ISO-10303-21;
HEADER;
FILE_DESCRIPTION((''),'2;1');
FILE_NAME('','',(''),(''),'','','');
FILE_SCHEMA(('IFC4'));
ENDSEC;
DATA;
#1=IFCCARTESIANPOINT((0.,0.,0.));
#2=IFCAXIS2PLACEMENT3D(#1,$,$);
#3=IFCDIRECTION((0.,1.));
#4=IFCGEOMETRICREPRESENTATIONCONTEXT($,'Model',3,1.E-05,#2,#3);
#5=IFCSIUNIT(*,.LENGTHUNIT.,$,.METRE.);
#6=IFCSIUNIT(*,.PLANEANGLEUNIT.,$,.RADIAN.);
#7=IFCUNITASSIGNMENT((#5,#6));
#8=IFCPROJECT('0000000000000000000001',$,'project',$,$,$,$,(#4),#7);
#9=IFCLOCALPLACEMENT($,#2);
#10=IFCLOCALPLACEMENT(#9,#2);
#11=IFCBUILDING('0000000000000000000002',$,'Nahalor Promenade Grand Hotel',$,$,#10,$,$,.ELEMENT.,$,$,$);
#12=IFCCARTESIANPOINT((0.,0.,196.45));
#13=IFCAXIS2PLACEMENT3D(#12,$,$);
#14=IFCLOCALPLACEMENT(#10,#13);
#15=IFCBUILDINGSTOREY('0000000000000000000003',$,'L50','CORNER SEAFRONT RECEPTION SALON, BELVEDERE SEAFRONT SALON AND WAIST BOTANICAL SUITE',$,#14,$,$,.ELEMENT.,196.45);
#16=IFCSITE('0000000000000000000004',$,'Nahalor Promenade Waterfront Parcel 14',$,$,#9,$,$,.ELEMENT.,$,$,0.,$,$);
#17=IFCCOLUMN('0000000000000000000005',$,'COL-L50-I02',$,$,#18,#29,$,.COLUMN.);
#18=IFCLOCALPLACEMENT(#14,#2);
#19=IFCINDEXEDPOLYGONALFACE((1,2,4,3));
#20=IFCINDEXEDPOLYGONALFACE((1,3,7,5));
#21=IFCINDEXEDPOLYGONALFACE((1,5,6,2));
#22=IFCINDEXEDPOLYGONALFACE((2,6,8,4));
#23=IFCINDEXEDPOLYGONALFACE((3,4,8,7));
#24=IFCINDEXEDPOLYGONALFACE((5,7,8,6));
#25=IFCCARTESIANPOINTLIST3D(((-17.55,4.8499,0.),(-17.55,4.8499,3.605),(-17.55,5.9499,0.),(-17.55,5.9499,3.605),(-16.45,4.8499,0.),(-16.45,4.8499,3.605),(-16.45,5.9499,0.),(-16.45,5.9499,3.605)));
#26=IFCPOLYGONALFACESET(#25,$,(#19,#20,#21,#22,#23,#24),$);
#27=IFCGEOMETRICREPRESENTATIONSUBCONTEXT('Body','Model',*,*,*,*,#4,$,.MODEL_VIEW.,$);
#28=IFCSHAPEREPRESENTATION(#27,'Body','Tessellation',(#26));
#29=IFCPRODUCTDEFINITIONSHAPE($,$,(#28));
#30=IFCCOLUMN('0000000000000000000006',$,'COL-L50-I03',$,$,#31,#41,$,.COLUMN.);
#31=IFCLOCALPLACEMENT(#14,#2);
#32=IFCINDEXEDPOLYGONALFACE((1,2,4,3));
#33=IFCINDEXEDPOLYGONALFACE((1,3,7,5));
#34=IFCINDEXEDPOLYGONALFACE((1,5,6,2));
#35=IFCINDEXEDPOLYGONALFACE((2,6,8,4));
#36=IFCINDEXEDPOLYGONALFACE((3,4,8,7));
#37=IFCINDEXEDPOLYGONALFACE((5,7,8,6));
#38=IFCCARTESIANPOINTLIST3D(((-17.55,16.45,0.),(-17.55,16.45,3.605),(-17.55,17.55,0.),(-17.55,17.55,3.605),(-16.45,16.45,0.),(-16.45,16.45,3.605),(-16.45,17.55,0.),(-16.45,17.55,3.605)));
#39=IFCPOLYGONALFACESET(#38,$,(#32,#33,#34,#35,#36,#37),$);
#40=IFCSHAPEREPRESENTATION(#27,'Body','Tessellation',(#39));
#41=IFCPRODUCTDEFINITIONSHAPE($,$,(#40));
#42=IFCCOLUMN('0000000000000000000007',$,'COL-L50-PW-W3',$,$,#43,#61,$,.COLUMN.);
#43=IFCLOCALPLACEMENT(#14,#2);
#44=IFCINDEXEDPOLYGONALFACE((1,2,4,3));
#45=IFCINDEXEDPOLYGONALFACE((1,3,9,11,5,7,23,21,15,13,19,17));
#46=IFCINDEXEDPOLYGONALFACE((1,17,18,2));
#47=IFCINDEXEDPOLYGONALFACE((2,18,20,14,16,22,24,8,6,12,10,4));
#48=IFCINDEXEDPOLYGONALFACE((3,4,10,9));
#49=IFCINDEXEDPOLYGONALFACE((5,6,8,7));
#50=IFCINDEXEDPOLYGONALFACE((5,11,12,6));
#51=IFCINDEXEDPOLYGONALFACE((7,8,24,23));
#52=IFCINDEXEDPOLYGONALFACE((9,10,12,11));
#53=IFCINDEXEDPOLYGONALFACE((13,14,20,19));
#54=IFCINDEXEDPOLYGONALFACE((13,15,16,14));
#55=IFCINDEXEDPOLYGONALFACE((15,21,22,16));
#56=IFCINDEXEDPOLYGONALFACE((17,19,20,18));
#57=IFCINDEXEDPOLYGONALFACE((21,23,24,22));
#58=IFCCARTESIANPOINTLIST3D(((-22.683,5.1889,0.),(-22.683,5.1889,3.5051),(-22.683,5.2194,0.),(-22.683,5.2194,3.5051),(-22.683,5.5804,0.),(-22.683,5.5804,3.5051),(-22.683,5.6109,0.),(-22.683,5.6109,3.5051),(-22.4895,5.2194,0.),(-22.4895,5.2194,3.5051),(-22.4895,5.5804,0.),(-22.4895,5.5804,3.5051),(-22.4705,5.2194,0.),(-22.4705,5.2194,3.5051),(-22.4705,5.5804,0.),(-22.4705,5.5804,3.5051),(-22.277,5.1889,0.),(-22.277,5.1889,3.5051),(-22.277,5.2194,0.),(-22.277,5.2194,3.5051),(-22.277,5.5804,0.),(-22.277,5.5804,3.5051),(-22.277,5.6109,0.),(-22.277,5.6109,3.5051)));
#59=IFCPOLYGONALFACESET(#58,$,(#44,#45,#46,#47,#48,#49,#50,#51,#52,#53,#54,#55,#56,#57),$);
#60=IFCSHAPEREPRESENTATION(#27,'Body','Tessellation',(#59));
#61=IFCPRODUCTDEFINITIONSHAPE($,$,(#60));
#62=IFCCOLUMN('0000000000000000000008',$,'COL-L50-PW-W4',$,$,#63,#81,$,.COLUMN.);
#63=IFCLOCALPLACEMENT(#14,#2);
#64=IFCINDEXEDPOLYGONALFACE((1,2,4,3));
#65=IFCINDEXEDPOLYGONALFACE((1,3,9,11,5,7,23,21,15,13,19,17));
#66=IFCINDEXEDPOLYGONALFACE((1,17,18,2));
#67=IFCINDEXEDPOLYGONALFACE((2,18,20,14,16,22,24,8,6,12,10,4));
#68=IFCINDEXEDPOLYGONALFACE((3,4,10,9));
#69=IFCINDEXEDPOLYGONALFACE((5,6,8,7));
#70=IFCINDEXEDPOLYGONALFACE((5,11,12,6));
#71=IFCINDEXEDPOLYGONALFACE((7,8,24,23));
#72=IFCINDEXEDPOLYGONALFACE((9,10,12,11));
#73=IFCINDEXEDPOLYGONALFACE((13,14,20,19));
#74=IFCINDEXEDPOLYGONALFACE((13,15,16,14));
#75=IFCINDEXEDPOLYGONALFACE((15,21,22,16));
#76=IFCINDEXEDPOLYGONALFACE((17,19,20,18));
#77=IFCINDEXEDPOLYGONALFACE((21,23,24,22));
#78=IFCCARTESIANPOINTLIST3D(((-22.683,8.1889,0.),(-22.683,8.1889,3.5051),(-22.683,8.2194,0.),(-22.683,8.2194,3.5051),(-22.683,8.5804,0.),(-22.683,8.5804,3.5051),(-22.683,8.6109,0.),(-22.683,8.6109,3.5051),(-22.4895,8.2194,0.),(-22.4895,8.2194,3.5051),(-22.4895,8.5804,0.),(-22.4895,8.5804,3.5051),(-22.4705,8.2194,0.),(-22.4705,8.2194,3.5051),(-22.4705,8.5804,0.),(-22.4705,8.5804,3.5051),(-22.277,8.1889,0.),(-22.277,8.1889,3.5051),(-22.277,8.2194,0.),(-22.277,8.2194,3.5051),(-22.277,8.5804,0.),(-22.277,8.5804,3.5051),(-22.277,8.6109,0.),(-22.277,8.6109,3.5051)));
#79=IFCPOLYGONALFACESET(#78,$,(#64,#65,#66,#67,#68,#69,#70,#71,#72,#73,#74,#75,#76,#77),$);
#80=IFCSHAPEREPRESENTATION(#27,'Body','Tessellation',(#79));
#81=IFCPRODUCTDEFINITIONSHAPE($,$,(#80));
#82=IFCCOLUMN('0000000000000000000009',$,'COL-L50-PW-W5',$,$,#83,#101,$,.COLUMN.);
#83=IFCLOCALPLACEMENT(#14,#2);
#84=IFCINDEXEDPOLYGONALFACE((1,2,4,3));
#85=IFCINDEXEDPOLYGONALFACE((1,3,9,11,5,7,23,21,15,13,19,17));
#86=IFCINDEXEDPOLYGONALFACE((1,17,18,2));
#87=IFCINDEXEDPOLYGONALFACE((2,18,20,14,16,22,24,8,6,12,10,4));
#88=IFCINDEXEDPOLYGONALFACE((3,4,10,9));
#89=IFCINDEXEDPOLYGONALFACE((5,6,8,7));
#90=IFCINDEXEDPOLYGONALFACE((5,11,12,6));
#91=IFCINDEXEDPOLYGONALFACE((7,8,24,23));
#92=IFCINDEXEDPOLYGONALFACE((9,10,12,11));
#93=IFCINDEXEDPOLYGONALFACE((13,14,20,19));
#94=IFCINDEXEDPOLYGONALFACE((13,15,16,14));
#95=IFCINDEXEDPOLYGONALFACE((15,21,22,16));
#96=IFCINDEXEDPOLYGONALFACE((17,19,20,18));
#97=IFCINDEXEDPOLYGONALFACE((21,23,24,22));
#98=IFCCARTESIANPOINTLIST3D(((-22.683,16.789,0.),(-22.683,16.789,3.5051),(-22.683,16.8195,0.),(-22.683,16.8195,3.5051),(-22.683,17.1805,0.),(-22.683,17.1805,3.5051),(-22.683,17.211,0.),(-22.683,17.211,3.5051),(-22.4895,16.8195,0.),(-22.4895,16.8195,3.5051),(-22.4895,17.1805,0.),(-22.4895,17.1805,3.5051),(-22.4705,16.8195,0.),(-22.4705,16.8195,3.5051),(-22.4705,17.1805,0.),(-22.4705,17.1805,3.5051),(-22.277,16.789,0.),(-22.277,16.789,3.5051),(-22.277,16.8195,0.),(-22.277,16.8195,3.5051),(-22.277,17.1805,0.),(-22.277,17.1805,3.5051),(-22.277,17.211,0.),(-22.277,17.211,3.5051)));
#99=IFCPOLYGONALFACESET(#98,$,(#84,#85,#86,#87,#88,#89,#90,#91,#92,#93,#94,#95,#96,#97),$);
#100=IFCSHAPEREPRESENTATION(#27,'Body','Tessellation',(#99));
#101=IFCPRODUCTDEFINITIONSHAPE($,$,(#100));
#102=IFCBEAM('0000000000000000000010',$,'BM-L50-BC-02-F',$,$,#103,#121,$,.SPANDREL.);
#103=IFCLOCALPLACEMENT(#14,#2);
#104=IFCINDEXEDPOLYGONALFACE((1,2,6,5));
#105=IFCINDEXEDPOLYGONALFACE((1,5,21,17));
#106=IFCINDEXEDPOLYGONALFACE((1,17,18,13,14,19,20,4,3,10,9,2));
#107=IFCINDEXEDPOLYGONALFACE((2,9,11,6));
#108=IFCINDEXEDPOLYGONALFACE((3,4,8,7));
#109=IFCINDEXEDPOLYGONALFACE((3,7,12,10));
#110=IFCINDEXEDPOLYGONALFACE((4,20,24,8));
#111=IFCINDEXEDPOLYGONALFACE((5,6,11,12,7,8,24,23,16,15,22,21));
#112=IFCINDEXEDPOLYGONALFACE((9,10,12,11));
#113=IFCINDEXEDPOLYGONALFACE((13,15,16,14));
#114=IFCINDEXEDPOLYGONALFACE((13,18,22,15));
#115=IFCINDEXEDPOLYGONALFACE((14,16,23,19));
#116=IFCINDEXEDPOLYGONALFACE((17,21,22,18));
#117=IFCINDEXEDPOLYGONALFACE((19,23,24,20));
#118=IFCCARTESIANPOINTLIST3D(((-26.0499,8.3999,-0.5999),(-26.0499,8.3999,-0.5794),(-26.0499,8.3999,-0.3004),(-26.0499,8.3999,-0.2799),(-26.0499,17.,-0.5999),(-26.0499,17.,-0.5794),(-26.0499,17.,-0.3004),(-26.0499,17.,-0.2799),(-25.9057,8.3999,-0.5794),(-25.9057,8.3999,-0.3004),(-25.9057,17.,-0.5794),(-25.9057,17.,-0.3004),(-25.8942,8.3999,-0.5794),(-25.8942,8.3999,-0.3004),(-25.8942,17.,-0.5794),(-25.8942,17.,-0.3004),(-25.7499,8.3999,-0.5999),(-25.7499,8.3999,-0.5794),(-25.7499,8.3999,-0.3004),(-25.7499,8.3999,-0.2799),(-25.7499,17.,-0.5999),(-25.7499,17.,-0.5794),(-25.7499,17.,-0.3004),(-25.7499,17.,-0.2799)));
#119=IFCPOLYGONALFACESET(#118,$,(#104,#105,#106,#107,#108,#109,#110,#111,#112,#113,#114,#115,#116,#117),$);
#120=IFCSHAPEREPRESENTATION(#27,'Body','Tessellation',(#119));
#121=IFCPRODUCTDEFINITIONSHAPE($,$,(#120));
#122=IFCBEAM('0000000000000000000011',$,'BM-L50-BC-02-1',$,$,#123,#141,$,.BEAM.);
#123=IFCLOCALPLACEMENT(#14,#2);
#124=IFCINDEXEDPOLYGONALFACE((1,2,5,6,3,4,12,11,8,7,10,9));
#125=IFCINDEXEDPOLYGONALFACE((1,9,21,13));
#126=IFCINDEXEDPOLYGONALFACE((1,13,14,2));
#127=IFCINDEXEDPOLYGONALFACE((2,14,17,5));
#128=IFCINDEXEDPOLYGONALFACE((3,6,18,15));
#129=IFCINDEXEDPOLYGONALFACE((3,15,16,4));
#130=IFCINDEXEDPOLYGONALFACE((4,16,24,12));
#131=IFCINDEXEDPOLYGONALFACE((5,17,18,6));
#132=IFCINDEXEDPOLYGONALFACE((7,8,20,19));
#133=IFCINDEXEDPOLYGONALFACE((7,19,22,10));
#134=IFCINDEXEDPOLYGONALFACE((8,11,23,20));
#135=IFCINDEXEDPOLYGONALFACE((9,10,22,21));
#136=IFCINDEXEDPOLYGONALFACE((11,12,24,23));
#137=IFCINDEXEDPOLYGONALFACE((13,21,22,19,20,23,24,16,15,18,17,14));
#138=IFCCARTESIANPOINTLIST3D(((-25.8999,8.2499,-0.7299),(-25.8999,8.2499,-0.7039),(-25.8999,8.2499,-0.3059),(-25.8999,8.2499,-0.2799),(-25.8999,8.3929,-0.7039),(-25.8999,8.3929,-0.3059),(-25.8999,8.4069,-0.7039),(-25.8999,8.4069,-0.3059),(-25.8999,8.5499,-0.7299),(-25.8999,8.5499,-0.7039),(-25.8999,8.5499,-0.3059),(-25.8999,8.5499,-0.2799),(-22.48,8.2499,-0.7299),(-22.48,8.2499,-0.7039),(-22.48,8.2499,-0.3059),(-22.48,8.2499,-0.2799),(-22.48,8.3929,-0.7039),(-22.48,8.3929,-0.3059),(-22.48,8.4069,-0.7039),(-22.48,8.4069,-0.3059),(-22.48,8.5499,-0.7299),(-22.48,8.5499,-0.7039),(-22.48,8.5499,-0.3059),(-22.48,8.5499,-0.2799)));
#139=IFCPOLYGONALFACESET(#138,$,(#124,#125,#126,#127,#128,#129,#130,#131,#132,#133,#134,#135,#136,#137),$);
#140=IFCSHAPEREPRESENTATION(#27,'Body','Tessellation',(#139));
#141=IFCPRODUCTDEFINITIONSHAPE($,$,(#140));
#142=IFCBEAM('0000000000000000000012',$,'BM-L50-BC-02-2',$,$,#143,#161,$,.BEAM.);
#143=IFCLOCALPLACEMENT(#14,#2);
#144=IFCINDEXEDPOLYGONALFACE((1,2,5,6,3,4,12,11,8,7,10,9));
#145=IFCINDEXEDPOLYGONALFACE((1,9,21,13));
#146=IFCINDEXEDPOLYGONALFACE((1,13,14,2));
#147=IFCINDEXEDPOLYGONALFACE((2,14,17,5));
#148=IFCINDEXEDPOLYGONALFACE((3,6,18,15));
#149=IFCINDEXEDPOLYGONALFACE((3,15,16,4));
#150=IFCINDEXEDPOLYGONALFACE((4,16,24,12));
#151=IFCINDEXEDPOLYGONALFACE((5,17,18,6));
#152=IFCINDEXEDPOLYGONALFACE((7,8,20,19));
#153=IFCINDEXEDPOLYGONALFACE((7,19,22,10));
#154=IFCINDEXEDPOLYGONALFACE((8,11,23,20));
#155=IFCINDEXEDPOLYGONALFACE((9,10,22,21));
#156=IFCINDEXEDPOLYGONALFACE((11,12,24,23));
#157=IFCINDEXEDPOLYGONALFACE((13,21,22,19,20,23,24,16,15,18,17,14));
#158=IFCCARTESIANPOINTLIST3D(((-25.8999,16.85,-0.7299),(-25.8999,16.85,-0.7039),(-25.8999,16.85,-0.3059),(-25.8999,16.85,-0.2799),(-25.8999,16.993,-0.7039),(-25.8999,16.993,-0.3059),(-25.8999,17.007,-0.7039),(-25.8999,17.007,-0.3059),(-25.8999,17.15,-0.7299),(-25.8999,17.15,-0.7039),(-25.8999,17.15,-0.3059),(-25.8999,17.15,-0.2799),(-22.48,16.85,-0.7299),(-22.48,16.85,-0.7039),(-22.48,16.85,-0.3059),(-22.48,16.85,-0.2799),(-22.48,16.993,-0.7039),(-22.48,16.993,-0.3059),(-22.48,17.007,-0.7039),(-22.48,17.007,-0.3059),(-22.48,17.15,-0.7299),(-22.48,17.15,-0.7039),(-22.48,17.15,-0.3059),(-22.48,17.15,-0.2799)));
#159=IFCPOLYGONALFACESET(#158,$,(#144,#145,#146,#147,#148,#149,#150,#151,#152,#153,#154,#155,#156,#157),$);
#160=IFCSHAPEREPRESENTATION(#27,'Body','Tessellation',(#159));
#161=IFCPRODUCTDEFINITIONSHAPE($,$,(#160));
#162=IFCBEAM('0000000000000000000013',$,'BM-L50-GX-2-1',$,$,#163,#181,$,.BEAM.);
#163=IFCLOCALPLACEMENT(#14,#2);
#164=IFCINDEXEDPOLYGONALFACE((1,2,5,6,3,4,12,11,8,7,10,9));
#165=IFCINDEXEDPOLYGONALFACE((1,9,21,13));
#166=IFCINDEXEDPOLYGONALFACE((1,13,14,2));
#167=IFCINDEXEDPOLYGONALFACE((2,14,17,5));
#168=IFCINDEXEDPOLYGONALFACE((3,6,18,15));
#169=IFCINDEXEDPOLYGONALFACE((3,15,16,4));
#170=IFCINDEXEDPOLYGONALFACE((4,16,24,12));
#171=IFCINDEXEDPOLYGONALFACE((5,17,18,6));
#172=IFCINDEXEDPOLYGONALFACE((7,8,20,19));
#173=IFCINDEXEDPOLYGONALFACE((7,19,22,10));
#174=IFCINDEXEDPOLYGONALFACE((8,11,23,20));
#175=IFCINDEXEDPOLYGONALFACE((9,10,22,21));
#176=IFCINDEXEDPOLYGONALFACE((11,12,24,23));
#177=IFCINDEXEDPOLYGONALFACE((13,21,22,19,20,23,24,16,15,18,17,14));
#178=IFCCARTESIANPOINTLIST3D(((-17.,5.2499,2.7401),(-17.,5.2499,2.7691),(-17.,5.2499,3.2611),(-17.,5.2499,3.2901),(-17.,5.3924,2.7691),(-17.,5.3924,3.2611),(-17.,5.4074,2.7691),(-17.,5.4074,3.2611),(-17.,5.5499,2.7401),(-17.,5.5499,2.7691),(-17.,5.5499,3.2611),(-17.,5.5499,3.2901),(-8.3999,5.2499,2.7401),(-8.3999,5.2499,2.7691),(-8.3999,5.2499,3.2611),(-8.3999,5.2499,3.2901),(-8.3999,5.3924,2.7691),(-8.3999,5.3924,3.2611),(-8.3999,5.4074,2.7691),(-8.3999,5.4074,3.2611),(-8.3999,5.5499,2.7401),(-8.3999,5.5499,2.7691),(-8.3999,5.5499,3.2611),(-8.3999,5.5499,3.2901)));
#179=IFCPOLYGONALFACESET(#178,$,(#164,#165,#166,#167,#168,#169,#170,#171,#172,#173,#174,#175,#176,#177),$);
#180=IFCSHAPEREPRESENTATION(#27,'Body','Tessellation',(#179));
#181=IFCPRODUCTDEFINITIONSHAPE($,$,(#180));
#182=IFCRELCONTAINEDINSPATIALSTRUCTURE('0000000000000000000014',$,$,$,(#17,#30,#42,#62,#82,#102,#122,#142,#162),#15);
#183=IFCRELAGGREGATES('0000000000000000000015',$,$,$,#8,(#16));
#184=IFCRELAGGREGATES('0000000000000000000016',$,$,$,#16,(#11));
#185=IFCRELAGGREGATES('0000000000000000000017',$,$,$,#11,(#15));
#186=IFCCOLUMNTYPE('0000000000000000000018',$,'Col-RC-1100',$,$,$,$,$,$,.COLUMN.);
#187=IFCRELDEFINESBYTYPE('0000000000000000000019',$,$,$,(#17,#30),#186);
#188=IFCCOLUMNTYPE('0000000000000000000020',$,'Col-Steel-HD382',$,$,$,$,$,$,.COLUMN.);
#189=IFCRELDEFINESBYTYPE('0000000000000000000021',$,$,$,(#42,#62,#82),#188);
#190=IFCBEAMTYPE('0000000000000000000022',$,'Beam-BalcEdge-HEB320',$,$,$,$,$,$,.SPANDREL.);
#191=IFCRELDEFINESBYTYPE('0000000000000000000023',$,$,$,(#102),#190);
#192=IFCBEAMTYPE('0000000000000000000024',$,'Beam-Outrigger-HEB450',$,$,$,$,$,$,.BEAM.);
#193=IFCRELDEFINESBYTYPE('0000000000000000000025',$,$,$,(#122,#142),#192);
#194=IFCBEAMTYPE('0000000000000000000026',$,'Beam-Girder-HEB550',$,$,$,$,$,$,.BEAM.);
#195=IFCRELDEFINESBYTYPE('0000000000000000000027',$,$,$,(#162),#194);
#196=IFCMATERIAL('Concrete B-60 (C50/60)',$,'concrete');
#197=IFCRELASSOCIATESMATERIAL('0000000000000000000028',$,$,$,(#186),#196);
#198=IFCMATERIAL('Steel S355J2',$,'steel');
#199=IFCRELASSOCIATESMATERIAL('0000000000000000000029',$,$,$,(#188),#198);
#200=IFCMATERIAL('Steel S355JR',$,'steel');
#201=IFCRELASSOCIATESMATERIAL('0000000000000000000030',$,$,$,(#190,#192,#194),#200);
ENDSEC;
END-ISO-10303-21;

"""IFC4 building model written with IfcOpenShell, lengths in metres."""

from ifc_helpers import new_model, si_unit, direction, frame, origin, origin_2d, place, context, subcontext, project, spatial, rectangle, i_section, extrude, source, transform, mapped, material, material_profile, profile_set, type_object, element, save


model = new_model("IFC4")

# Units and contexts
model_context = context("Model", 3, precision=1e-05, world=origin(), true_north=direction((0.0, 1.0)))
body_context = subcontext(model_context, "Body", "Model", "MODEL_VIEW")
ifc_project = project(units=[si_unit("LENGTHUNIT", "METRE"), si_unit("PLANEANGLEUNIT", "RADIAN")], contexts=[model_context])

# Site, building, storey
site_placement = place(None, origin())
site = spatial("IfcSite", under=ifc_project, at=site_placement, Name="Nahalor Promenade Waterfront Parcel 14", CompositionType="ELEMENT", RefElevation=0.0)
building_placement = place(site_placement, origin())
building = spatial("IfcBuilding", under=site, at=building_placement, Name="Nahalor Promenade Grand Hotel", CompositionType="ELEMENT")
storey_placement = place(building_placement, frame((0.0, 0.0, 196.45)))
storey = spatial("IfcBuildingStorey", under=building, at=storey_placement, Name="L50", Description="CORNER SEAFRONT RECEPTION SALON, BELVEDERE SEAFRONT SALON AND WAIST BOTANICAL SUITE", CompositionType="ELEMENT", Elevation=196.45)

# Columns
ifc_material_1 = material(Name="Concrete B-60 (C50/60)", Category="concrete")
ifc_material_profile_1 = material_profile(ifc_material_1, rectangle(XDim=1.1, YDim=1.1, at=origin_2d()), Name="RC 1100x1100")
ifc_profile_set_1 = profile_set([ifc_material_profile_1], Name="Concrete B-60 (C50/60)")
column_type_1 = type_object("IfcColumnType", Name="Col-RC-1100", PredefinedType="COLUMN", material=ifc_profile_set_1)
shared_shape_1 = source(origin(), body_context, "Body", "SweptSolid", [
    extrude(rectangle(XDim=1.1, YDim=1.1, at=origin_2d()), origin(), (0.0, 0.0, 1.0), 3.605),
])
for number, where, z_axis, x_axis, name in (
    (1, (-17.0, 5.3999, 0.0), (0.0, 0.0, 1.0), (1.0, 0.0, 0.0), "COL-L50-I02"),
    (2, (-17.0, 17.0, 0.0), (0.0, 0.0, 1.0), (1.0, 0.0, 0.0), "COL-L50-I03"),
):
    element("IfcColumn", number, at=place(storey_placement, frame(where, z_axis=z_axis, x_axis=x_axis)), inside=storey, type_object=column_type_1, Name=name, PredefinedType="COLUMN", context=body_context, shape_type="MappedRepresentation", body=[
        mapped(shared_shape_1, transform((0.0, 0.0, 0.0), scale=1.0)),
    ])
ifc_material_2 = material(Name="Steel S355J2", Category="steel")
ifc_material_profile_2 = material_profile(ifc_material_2, i_section(OverallWidth=0.406, OverallDepth=0.422, WebThickness=0.019, FlangeThickness=0.0305, at=origin_2d()), Name="HD 400x382")
ifc_profile_set_2 = profile_set([ifc_material_profile_2], Name="Steel S355J2")
column_type_2 = type_object("IfcColumnType", Name="Col-Steel-HD382", PredefinedType="COLUMN", material=ifc_profile_set_2)
shared_shape_2 = source(origin(), body_context, "Body", "SweptSolid", [
    extrude(i_section(OverallWidth=0.406, OverallDepth=0.422, WebThickness=0.019, FlangeThickness=0.0305, at=origin_2d()), origin(), (0.0, 0.0, 1.0), 3.5051),
])
for number, where, z_axis, x_axis, name in (
    (3, (-22.48, 5.3999, 0.0), (0.0, 0.0, 1.0), (1.0, 0.0, 0.0), "COL-L50-PW-W3"),
    (4, (-22.48, 8.3999, 0.0), (0.0, 0.0, 1.0), (1.0, 0.0, 0.0), "COL-L50-PW-W4"),
    (5, (-22.48, 17.0, 0.0), (0.0, 0.0, 1.0), (1.0, 0.0, 0.0), "COL-L50-PW-W5"),
):
    element("IfcColumn", number, at=place(storey_placement, frame(where, z_axis=z_axis, x_axis=x_axis)), inside=storey, type_object=column_type_2, Name=name, PredefinedType="COLUMN", context=body_context, shape_type="MappedRepresentation", body=[
        mapped(shared_shape_2, transform((0.0, 0.0, 0.0), scale=1.0)),
    ])

# Beams
ifc_material_3 = material(Name="Steel S355JR", Category="steel")
ifc_material_profile_3 = material_profile(ifc_material_3, i_section(OverallWidth=0.3, OverallDepth=0.32, WebThickness=0.0115, FlangeThickness=0.0205, at=origin_2d()), Name="HEB 320")
ifc_profile_set_3 = profile_set([ifc_material_profile_3], Name="Steel S355JR")
beam_type_1 = type_object("IfcBeamType", Name="Beam-BalcEdge-HEB320", PredefinedType="SPANDREL", material=ifc_profile_set_3)
shared_shape_3 = source(origin(), body_context, "Body", "SweptSolid", [
    extrude(i_section(OverallWidth=0.3, OverallDepth=0.32, WebThickness=0.0115, FlangeThickness=0.0205, at=origin_2d()), origin(), (0.0, 0.0, 1.0), 8.6001),
])
beam_1_placement = place(storey_placement, frame((-25.8999, 8.3999, -0.4399), z_axis=(0.0, 1.0, 0.0), x_axis=(-1.0, 0.0, 0.0)))
element("IfcBeam", 6, at=beam_1_placement, inside=storey, type_object=beam_type_1, Name="BM-L50-BC-02-F", PredefinedType="SPANDREL", context=body_context, shape_type="MappedRepresentation", body=[
    mapped(shared_shape_3, transform((0.0, 0.0, 0.0), scale=1.0)),
])
ifc_material_profile_4 = material_profile(ifc_material_3, i_section(OverallWidth=0.3, OverallDepth=0.45, WebThickness=0.014, FlangeThickness=0.026, at=origin_2d()), Name="HEB 450")
ifc_profile_set_4 = profile_set([ifc_material_profile_4], Name="Steel S355JR")
beam_type_2 = type_object("IfcBeamType", Name="Beam-Outrigger-HEB450", PredefinedType="BEAM", material=ifc_profile_set_4)
shared_shape_4 = source(origin(), body_context, "Body", "SweptSolid", [
    extrude(i_section(OverallWidth=0.3, OverallDepth=0.45, WebThickness=0.014, FlangeThickness=0.026, at=origin_2d()), origin(), (0.0, 0.0, 1.0), 3.4199),
])
for number, where, z_axis, x_axis, name in (
    (7, (-25.8999, 8.3999, -0.5049), (1.0, 0.0, 0.0), (0.0, 1.0, 0.0), "BM-L50-BC-02-1"),
    (8, (-25.8999, 17.0, -0.5049), (1.0, 0.0, 0.0), (0.0, 1.0, 0.0), "BM-L50-BC-02-2"),
):
    element("IfcBeam", number, at=place(storey_placement, frame(where, z_axis=z_axis, x_axis=x_axis)), inside=storey, type_object=beam_type_2, Name=name, PredefinedType="BEAM", context=body_context, shape_type="MappedRepresentation", body=[
        mapped(shared_shape_4, transform((0.0, 0.0, 0.0), scale=1.0)),
    ])
ifc_material_profile_5 = material_profile(ifc_material_3, i_section(OverallWidth=0.3, OverallDepth=0.55, WebThickness=0.015, FlangeThickness=0.029, at=origin_2d()), Name="HEB 550")
ifc_profile_set_5 = profile_set([ifc_material_profile_5], Name="Steel S355JR")
beam_type_3 = type_object("IfcBeamType", Name="Beam-Girder-HEB550", PredefinedType="BEAM", material=ifc_profile_set_5)
shared_shape_5 = source(origin(), body_context, "Body", "SweptSolid", [
    extrude(i_section(OverallWidth=0.3, OverallDepth=0.55, WebThickness=0.015, FlangeThickness=0.029, at=origin_2d()), origin(), (0.0, 0.0, 1.0), 8.6001),
])
for number, where, z_axis, x_axis, name in (
    (9, (-17.0, 5.3999, 3.0151), (1.0, 0.0, 0.0), (0.0, 1.0, 0.0), "BM-L50-GX-2-1"),
):
    element("IfcBeam", number, at=place(storey_placement, frame(where, z_axis=z_axis, x_axis=x_axis)), inside=storey, type_object=beam_type_3, Name=name, PredefinedType="BEAM", context=body_context, shape_type="MappedRepresentation", body=[
        mapped(shared_shape_5, transform((0.0, 0.0, 0.0), scale=1.0)),
    ])

save(model, "model.ifc")
